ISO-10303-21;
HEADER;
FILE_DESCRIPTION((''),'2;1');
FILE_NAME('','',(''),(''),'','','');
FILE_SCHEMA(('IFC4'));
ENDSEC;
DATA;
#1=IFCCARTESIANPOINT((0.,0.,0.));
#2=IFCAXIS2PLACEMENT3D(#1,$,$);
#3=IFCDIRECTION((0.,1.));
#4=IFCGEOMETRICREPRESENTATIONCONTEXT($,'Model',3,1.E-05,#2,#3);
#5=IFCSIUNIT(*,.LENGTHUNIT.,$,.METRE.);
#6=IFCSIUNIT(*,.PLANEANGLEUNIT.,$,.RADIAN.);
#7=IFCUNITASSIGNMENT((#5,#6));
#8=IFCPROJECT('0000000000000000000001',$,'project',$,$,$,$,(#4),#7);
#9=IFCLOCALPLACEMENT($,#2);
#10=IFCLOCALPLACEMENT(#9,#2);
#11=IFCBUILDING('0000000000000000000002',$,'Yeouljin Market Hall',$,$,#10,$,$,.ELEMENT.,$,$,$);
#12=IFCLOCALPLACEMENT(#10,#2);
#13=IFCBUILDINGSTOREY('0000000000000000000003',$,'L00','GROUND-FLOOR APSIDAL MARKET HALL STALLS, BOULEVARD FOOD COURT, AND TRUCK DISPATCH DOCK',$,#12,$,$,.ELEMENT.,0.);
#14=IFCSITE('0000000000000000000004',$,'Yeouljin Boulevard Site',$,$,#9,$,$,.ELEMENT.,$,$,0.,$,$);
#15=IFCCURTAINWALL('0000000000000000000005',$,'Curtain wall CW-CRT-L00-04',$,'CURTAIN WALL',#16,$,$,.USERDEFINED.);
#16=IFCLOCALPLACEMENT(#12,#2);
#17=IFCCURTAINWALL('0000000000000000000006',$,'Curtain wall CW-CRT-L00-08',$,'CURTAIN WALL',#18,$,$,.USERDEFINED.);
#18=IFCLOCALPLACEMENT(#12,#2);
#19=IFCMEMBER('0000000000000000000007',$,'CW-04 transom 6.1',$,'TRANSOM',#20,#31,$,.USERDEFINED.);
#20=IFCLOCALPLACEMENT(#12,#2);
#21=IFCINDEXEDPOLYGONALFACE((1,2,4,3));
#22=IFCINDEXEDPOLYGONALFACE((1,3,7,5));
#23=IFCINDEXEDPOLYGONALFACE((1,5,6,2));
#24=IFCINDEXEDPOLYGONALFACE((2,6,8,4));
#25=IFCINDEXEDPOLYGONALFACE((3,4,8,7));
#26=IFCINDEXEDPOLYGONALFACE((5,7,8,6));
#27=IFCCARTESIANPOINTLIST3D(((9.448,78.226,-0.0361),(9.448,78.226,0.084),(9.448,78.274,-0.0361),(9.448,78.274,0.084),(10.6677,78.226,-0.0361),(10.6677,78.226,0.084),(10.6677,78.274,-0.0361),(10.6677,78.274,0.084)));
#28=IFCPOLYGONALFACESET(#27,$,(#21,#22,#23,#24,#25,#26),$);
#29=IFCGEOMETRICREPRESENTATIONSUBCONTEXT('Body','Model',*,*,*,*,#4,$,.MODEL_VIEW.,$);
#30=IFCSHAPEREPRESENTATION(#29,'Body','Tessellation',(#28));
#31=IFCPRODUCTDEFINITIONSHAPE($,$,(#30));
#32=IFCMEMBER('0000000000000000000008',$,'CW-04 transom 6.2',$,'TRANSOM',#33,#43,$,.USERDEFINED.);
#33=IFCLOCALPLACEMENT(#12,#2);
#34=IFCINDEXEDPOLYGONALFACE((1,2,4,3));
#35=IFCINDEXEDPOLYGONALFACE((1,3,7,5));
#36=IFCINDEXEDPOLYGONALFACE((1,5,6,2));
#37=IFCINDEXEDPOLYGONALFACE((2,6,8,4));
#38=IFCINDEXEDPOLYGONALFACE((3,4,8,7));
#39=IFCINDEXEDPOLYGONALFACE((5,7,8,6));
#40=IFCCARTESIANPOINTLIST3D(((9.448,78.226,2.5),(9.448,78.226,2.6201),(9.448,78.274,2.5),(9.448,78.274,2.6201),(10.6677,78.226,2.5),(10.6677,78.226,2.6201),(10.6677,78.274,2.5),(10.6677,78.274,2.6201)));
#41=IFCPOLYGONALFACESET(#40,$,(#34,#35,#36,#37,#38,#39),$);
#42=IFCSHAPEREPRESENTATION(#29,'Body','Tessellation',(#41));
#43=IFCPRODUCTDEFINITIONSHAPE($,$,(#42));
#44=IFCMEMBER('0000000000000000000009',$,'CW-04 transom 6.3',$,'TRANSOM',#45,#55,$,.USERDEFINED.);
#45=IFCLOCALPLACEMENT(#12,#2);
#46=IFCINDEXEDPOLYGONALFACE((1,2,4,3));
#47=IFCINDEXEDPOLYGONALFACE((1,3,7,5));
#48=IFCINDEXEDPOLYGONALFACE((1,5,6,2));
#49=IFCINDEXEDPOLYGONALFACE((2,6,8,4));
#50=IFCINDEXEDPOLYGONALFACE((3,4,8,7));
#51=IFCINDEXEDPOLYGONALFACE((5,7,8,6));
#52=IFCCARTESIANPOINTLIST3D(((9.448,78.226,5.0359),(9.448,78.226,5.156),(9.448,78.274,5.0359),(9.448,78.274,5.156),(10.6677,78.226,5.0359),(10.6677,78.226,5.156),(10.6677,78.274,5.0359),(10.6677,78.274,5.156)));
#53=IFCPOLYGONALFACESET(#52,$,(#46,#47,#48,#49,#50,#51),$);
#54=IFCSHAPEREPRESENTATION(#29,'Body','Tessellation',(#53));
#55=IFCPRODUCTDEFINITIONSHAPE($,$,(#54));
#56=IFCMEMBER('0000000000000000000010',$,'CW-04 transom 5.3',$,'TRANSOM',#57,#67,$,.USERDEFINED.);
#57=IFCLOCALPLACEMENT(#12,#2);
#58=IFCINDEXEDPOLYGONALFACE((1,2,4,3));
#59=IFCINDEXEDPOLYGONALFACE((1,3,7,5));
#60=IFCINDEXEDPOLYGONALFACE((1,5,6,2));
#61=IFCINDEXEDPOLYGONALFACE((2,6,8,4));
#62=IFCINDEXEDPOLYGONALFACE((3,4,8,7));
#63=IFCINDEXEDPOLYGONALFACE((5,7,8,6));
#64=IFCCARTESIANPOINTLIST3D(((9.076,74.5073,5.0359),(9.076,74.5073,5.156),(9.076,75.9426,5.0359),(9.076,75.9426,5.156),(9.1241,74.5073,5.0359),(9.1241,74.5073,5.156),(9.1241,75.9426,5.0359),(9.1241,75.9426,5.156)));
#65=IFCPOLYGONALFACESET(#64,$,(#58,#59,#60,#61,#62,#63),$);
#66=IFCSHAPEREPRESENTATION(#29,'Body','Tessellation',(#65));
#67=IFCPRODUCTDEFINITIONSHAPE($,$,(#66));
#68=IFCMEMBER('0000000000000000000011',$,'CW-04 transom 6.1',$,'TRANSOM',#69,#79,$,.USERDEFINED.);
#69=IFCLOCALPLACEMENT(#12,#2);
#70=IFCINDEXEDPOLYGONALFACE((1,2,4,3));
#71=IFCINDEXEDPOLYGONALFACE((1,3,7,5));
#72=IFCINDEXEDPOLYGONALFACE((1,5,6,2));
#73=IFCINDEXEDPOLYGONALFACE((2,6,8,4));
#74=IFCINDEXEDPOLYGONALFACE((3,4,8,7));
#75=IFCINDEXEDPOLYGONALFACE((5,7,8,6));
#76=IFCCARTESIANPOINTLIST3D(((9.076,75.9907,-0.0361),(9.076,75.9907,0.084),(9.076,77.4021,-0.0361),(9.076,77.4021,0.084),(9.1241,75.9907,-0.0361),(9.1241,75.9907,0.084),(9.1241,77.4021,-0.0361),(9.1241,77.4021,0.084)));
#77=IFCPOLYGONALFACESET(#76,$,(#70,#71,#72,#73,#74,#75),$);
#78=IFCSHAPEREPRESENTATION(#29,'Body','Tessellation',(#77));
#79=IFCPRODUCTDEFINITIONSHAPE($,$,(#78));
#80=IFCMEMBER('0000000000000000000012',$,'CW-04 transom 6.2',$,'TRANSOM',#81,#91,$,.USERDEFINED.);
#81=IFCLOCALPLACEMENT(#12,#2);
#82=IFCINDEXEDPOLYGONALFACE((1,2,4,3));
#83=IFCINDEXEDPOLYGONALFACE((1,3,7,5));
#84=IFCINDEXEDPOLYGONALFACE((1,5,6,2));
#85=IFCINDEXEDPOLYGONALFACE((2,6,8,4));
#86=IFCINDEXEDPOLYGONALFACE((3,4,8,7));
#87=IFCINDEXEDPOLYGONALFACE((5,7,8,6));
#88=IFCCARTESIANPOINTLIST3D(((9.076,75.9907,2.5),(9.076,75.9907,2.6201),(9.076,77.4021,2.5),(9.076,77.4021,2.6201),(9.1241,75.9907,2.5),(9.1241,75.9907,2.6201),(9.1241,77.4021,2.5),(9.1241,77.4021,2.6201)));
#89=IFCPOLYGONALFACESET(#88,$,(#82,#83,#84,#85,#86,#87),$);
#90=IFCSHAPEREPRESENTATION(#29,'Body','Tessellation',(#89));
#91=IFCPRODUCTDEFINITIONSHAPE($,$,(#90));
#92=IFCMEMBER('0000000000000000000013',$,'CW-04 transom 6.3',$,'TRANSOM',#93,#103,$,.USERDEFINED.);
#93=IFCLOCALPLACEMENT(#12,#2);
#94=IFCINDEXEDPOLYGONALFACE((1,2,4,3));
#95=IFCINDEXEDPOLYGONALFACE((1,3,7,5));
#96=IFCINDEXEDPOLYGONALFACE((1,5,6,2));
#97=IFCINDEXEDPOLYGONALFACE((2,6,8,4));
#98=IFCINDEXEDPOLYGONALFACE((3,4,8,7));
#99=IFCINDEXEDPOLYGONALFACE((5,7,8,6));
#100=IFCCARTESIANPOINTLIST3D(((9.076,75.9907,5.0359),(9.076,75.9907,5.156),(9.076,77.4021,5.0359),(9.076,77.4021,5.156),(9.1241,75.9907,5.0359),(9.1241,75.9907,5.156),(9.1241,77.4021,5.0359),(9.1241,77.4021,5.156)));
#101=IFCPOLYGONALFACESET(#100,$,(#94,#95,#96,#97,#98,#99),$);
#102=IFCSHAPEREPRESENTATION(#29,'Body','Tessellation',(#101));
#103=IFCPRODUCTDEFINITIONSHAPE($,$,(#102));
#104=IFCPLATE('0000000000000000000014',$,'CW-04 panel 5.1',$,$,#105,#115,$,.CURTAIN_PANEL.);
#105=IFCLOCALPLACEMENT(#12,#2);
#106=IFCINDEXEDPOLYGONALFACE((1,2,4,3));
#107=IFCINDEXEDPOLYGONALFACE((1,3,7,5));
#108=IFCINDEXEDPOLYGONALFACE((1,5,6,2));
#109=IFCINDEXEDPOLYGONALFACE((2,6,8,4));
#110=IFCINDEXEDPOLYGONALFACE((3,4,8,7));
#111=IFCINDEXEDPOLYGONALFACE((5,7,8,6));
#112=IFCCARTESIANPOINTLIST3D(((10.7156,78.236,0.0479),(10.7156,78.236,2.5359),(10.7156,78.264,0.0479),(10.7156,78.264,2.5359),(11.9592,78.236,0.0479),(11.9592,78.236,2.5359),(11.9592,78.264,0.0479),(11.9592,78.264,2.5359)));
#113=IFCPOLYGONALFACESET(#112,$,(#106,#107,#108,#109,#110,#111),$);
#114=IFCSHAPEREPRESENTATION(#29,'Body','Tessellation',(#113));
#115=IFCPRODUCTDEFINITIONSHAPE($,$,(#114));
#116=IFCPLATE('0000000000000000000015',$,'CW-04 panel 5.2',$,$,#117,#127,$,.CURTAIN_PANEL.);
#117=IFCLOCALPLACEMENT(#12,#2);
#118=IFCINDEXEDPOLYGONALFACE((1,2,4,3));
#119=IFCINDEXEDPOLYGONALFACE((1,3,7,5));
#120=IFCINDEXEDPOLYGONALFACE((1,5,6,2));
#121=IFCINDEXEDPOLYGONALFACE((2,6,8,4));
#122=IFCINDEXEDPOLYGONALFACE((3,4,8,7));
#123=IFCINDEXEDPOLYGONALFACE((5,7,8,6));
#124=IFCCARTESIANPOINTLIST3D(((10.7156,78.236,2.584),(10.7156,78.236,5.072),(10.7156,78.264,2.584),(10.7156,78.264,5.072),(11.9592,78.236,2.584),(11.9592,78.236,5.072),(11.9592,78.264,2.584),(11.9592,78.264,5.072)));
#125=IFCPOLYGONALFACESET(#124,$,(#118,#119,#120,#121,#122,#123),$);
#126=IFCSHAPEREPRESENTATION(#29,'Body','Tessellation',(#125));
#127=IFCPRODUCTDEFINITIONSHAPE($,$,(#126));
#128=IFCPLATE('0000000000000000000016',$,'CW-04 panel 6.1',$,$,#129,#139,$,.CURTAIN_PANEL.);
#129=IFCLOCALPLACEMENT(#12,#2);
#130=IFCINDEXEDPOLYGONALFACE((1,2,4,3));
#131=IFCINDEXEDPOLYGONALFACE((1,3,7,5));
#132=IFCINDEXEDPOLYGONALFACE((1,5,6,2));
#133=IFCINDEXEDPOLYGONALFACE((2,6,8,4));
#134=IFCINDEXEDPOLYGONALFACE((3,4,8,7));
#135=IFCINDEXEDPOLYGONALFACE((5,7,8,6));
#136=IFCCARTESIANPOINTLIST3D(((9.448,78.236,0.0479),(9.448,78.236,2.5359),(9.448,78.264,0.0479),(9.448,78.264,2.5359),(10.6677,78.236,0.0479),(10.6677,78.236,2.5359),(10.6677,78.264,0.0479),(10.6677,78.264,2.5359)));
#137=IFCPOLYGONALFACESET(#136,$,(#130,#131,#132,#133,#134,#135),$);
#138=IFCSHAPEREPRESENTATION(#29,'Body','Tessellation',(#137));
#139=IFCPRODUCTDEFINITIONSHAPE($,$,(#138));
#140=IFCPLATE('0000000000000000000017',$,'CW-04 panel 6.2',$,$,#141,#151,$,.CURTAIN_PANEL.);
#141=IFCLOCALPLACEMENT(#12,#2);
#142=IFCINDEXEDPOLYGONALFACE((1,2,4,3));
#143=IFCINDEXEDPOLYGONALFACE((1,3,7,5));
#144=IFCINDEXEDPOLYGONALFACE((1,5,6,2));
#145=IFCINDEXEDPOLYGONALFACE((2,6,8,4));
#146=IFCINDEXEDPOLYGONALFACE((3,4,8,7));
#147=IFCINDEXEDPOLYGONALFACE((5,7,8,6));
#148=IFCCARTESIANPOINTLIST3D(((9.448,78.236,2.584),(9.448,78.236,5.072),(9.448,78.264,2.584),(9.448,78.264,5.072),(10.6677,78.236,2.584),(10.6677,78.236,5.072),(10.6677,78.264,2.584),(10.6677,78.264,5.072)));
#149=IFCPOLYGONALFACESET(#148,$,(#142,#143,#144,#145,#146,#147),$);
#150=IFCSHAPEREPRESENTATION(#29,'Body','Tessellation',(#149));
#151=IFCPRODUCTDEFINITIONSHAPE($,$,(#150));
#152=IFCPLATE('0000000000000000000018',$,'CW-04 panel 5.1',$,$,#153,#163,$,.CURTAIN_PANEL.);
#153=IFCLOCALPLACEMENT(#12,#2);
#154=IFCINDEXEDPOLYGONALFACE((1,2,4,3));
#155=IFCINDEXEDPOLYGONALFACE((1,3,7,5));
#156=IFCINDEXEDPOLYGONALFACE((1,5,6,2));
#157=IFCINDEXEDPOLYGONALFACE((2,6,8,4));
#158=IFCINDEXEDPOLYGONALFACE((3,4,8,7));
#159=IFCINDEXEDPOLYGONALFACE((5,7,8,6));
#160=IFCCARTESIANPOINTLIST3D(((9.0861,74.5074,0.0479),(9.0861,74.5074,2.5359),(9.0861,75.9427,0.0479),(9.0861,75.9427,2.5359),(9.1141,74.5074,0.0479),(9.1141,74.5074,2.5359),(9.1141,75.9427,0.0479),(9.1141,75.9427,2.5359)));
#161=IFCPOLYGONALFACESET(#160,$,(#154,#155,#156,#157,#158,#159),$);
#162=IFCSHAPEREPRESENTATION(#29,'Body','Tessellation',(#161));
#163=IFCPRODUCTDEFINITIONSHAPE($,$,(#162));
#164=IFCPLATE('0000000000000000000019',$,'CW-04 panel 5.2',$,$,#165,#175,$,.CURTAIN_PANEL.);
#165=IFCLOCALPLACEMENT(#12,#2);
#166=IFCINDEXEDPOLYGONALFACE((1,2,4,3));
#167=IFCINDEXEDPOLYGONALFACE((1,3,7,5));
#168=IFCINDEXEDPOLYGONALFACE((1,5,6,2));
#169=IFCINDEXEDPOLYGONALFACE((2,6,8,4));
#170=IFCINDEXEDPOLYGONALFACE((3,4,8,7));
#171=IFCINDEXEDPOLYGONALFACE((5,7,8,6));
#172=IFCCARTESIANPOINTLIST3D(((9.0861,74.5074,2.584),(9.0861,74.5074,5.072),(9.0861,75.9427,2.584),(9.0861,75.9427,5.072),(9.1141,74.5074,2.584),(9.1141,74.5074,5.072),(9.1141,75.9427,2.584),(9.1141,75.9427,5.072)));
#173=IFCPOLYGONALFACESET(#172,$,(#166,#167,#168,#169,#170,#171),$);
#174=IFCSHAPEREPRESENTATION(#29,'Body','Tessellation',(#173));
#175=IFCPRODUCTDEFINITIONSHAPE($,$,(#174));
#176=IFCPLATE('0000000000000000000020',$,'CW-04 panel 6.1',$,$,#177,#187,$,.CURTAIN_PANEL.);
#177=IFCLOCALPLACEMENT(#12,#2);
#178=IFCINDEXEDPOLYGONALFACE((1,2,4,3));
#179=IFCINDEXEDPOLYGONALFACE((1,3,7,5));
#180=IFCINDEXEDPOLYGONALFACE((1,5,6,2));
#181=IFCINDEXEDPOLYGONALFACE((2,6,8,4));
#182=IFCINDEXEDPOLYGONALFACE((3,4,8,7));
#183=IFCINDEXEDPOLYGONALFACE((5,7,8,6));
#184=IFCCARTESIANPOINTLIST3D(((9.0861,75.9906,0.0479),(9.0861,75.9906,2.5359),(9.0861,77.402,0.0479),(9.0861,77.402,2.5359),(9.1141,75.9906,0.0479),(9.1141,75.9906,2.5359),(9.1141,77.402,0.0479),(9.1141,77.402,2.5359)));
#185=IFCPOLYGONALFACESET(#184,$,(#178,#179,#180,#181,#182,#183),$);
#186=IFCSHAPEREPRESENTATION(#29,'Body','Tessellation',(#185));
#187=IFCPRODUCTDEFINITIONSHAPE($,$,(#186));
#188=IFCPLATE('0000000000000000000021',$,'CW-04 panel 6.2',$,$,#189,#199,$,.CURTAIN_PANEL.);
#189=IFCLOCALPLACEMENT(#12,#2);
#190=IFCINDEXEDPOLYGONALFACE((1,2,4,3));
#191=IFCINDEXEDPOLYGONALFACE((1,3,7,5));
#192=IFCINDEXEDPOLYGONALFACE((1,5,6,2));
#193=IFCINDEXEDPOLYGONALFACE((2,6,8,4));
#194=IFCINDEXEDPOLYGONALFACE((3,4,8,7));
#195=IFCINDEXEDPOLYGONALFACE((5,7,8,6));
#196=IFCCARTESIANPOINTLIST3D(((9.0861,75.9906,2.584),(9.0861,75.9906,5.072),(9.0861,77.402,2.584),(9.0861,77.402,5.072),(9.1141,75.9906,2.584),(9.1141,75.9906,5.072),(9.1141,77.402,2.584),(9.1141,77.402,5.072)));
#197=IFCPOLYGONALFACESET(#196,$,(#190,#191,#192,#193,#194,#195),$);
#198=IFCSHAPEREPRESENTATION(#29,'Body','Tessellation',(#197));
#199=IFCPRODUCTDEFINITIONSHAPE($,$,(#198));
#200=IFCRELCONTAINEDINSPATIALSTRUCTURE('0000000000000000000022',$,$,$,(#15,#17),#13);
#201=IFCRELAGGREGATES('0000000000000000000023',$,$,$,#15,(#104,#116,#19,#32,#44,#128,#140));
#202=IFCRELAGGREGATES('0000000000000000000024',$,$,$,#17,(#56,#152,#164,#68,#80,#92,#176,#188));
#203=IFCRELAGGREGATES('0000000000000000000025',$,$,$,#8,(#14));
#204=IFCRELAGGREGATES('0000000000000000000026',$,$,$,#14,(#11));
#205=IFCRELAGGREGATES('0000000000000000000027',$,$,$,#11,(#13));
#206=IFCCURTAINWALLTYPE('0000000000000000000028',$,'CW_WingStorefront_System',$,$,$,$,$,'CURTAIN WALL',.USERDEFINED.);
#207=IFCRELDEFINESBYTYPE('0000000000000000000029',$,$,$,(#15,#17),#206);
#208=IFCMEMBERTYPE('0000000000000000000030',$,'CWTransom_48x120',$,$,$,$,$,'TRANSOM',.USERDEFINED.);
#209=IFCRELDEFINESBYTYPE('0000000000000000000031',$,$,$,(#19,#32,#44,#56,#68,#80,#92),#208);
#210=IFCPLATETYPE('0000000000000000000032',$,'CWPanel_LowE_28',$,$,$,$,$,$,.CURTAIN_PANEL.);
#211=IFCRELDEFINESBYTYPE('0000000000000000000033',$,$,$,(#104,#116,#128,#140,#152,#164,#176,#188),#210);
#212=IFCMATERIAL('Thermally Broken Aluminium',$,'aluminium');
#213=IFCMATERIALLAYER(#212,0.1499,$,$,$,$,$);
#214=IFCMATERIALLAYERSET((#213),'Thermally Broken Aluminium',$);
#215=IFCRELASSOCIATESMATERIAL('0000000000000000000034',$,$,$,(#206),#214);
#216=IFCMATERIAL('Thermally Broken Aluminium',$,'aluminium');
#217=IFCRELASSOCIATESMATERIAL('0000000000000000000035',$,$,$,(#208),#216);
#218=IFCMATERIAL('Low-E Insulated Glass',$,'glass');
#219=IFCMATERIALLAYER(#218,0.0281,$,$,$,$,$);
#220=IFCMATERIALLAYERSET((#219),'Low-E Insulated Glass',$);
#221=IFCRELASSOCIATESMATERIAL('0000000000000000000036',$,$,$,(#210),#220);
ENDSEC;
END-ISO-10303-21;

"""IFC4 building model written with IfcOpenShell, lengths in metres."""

from ifc_helpers import new_model, si_unit, direction, frame, origin, origin_2d, place, context, subcontext, project, spatial, rectangle, extrude, material, layer, layer_set, material_profile, profile_set, type_object, element, aggregate, save


model = new_model("IFC4")

# Units and contexts
model_context = context("Model", 3, precision=1e-05, world=origin(), true_north=direction((0.0, 1.0)))
body_context = subcontext(model_context, "Body", "Model", "MODEL_VIEW")
ifc_project = project(units=[si_unit("LENGTHUNIT", "METRE"), si_unit("PLANEANGLEUNIT", "RADIAN")], contexts=[model_context])

# Site, building, storey
site_placement = place(None, origin())
site = spatial("IfcSite", under=ifc_project, at=site_placement, Name="Yeouljin Boulevard Site", CompositionType="ELEMENT", RefElevation=0.0)
building_placement = place(site_placement, origin())
building = spatial("IfcBuilding", under=site, at=building_placement, Name="Yeouljin Market Hall", CompositionType="ELEMENT")
storey_placement = place(building_placement, origin())
storey = spatial("IfcBuildingStorey", under=building, at=storey_placement, Name="L00", Description="GROUND-FLOOR APSIDAL MARKET HALL STALLS, BOULEVARD FOOD COURT, AND TRUCK DISPATCH DOCK", CompositionType="ELEMENT", Elevation=0.0)

# Shared definitions
ifc_material_1 = material(Name="Thermally Broken Aluminium", Category="aluminium")
ifc_layer_1 = layer(ifc_material_1, 0.1499)
ifc_layer_set_1 = layer_set([ifc_layer_1], Name="Thermally Broken Aluminium")
curtain_wall_type = type_object("IfcCurtainWallType", Name="CW_WingStorefront_System", ElementType="CURTAIN WALL", PredefinedType="USERDEFINED", material=ifc_layer_set_1)

# Curtain walls
curtain_wall_1_placement = place(storey_placement, origin())
curtain_wall_1 = element("IfcCurtainWall", 1, at=curtain_wall_1_placement, inside=storey, type_object=curtain_wall_type, Name="Curtain wall CW-CRT-L00-04", ObjectType="CURTAIN WALL", PredefinedType="USERDEFINED")
curtain_wall_2_placement = place(storey_placement, origin())
curtain_wall_2 = element("IfcCurtainWall", 2, at=curtain_wall_2_placement, inside=storey, type_object=curtain_wall_type, Name="Curtain wall CW-CRT-L00-08", ObjectType="CURTAIN WALL", PredefinedType="USERDEFINED")

# Members
ifc_material_2 = material(Name="Thermally Broken Aluminium", Category="aluminium")
ifc_material_profile_1 = material_profile(ifc_material_2, rectangle(XDim=0.0481, YDim=0.1201, at=origin_2d()), Name="CW-TRAN-48x120")
ifc_profile_set_1 = profile_set([ifc_material_profile_1], Name="Thermally Broken Aluminium")
member_type_1 = type_object("IfcMemberType", Name="CWTransom_48x120", ElementType="TRANSOM", PredefinedType="USERDEFINED", material=ifc_profile_set_1)
member_1_placement = place(storey_placement, frame((10.6677, 78.25, 0.0239), z_axis=(-1.0, 0.0, 0.0), x_axis=(0.0, -1.0, 0.0)))
member_1 = element("IfcMember", 3, at=member_1_placement, type_object=member_type_1, Name="CW-04 transom 6.1", ObjectType="TRANSOM", PredefinedType="USERDEFINED", context=body_context, shape_type="SweptSolid", body=[
    extrude(rectangle(XDim=0.0481, YDim=0.1201, at=origin_2d()), origin(), (0.0, 0.0, 1.0), 1.2197),
])
member_2_placement = place(storey_placement, frame((10.6677, 78.25, 2.5601), z_axis=(-1.0, 0.0, 0.0), x_axis=(0.0, -1.0, 0.0)))
member_2 = element("IfcMember", 4, at=member_2_placement, type_object=member_type_1, Name="CW-04 transom 6.2", ObjectType="TRANSOM", PredefinedType="USERDEFINED", context=body_context, shape_type="SweptSolid", body=[
    extrude(rectangle(XDim=0.0481, YDim=0.1201, at=origin_2d()), origin(), (0.0, 0.0, 1.0), 1.2197),
])
member_3_placement = place(storey_placement, frame((10.6677, 78.25, 5.0959), z_axis=(-1.0, 0.0, 0.0), x_axis=(0.0, -1.0, 0.0)))
member_3 = element("IfcMember", 5, at=member_3_placement, type_object=member_type_1, Name="CW-04 transom 6.3", ObjectType="TRANSOM", PredefinedType="USERDEFINED", context=body_context, shape_type="SweptSolid", body=[
    extrude(rectangle(XDim=0.0481, YDim=0.1201, at=origin_2d()), origin(), (0.0, 0.0, 1.0), 1.2197),
])
member_4_placement = place(storey_placement, frame((9.1001, 74.5073, 5.0959), z_axis=(0.0, 1.0, 0.0), x_axis=(-1.0, 0.0, 0.0)))
member_4 = element("IfcMember", 6, at=member_4_placement, type_object=member_type_1, Name="CW-04 transom 5.3", ObjectType="TRANSOM", PredefinedType="USERDEFINED", context=body_context, shape_type="SweptSolid", body=[
    extrude(rectangle(XDim=0.0481, YDim=0.1201, at=origin_2d()), origin(), (0.0, 0.0, 1.0), 1.4353),
])
member_5_placement = place(storey_placement, frame((9.1001, 75.9907, 0.0239), z_axis=(0.0, 1.0, 0.0), x_axis=(-1.0, 0.0, 0.0)))
member_5 = element("IfcMember", 7, at=member_5_placement, type_object=member_type_1, Name="CW-04 transom 6.1", ObjectType="TRANSOM", PredefinedType="USERDEFINED", context=body_context, shape_type="SweptSolid", body=[
    extrude(rectangle(XDim=0.0481, YDim=0.1201, at=origin_2d()), origin(), (0.0, 0.0, 1.0), 1.4114),
])
member_6_placement = place(storey_placement, frame((9.1001, 75.9907, 2.5601), z_axis=(0.0, 1.0, 0.0), x_axis=(-1.0, 0.0, 0.0)))
member_6 = element("IfcMember", 8, at=member_6_placement, type_object=member_type_1, Name="CW-04 transom 6.2", ObjectType="TRANSOM", PredefinedType="USERDEFINED", context=body_context, shape_type="SweptSolid", body=[
    extrude(rectangle(XDim=0.0481, YDim=0.1201, at=origin_2d()), origin(), (0.0, 0.0, 1.0), 1.4114),
])
member_7_placement = place(storey_placement, frame((9.1001, 75.9907, 5.0959), z_axis=(0.0, 1.0, 0.0), x_axis=(-1.0, 0.0, 0.0)))
member_7 = element("IfcMember", 9, at=member_7_placement, type_object=member_type_1, Name="CW-04 transom 6.3", ObjectType="TRANSOM", PredefinedType="USERDEFINED", context=body_context, shape_type="SweptSolid", body=[
    extrude(rectangle(XDim=0.0481, YDim=0.1201, at=origin_2d()), origin(), (0.0, 0.0, 1.0), 1.4114),
])

# Plates
ifc_material_3 = material(Name="Low-E Insulated Glass", Category="glass")
ifc_layer_2 = layer(ifc_material_3, 0.0281)
ifc_layer_set_2 = layer_set([ifc_layer_2], Name="Low-E Insulated Glass")
plate_type_1 = type_object("IfcPlateType", Name="CWPanel_LowE_28", PredefinedType="CURTAIN_PANEL", material=ifc_layer_set_2)
plate_1_placement = place(storey_placement, frame((11.3374, 78.25, 0.0479), z_axis=(0.0, 0.0, 1.0), x_axis=(-1.0, 0.0, 0.0)))
plate_1 = element("IfcPlate", 10, at=plate_1_placement, type_object=plate_type_1, Name="CW-04 panel 5.1", PredefinedType="CURTAIN_PANEL", context=body_context, shape_type="SweptSolid", body=[
    extrude(rectangle(XDim=1.2437, YDim=0.0281, at=origin_2d()), origin(), (0.0, 0.0, 1.0), 2.488),
])
plate_2_placement = place(storey_placement, frame((11.3374, 78.25, 2.584), z_axis=(0.0, 0.0, 1.0), x_axis=(-1.0, 0.0, 0.0)))
plate_2 = element("IfcPlate", 11, at=plate_2_placement, type_object=plate_type_1, Name="CW-04 panel 5.2", PredefinedType="CURTAIN_PANEL", context=body_context, shape_type="SweptSolid", body=[
    extrude(rectangle(XDim=1.2437, YDim=0.0281, at=origin_2d()), origin(), (0.0, 0.0, 1.0), 2.488),
])
plate_3_placement = place(storey_placement, frame((10.0579, 78.25, 0.0479), z_axis=(0.0, 0.0, 1.0), x_axis=(-1.0, 0.0, 0.0)))
plate_3 = element("IfcPlate", 12, at=plate_3_placement, type_object=plate_type_1, Name="CW-04 panel 6.1", PredefinedType="CURTAIN_PANEL", context=body_context, shape_type="SweptSolid", body=[
    extrude(rectangle(XDim=1.2197, YDim=0.0281, at=origin_2d()), origin(), (0.0, 0.0, 1.0), 2.488),
])
plate_4_placement = place(storey_placement, frame((10.0579, 78.25, 2.584), z_axis=(0.0, 0.0, 1.0), x_axis=(-1.0, 0.0, 0.0)))
plate_4 = element("IfcPlate", 13, at=plate_4_placement, type_object=plate_type_1, Name="CW-04 panel 6.2", PredefinedType="CURTAIN_PANEL", context=body_context, shape_type="SweptSolid", body=[
    extrude(rectangle(XDim=1.2197, YDim=0.0281, at=origin_2d()), origin(), (0.0, 0.0, 1.0), 2.488),
])
aggregate(curtain_wall_1, [plate_1, plate_2, member_1, member_2, member_3, plate_3, plate_4])
plate_5_placement = place(storey_placement, frame((9.1001, 75.2251, 0.0479), z_axis=(0.0, 0.0, 1.0), x_axis=(0.0, 1.0, 0.0)))
plate_5 = element("IfcPlate", 14, at=plate_5_placement, type_object=plate_type_1, Name="CW-04 panel 5.1", PredefinedType="CURTAIN_PANEL", context=body_context, shape_type="SweptSolid", body=[
    extrude(rectangle(XDim=1.4353, YDim=0.0281, at=origin_2d()), origin(), (0.0, 0.0, 1.0), 2.488),
])
plate_6_placement = place(storey_placement, frame((9.1001, 75.2251, 2.584), z_axis=(0.0, 0.0, 1.0), x_axis=(0.0, 1.0, 0.0)))
plate_6 = element("IfcPlate", 15, at=plate_6_placement, type_object=plate_type_1, Name="CW-04 panel 5.2", PredefinedType="CURTAIN_PANEL", context=body_context, shape_type="SweptSolid", body=[
    extrude(rectangle(XDim=1.4353, YDim=0.0281, at=origin_2d()), origin(), (0.0, 0.0, 1.0), 2.488),
])
plate_7_placement = place(storey_placement, frame((9.1001, 76.6963, 0.0479), z_axis=(0.0, 0.0, 1.0), x_axis=(0.0, 1.0, 0.0)))
plate_7 = element("IfcPlate", 16, at=plate_7_placement, type_object=plate_type_1, Name="CW-04 panel 6.1", PredefinedType="CURTAIN_PANEL", context=body_context, shape_type="SweptSolid", body=[
    extrude(rectangle(XDim=1.4114, YDim=0.0281, at=origin_2d()), origin(), (0.0, 0.0, 1.0), 2.488),
])
plate_8_placement = place(storey_placement, frame((9.1001, 76.6963, 2.584), z_axis=(0.0, 0.0, 1.0), x_axis=(0.0, 1.0, 0.0)))
plate_8 = element("IfcPlate", 17, at=plate_8_placement, type_object=plate_type_1, Name="CW-04 panel 6.2", PredefinedType="CURTAIN_PANEL", context=body_context, shape_type="SweptSolid", body=[
    extrude(rectangle(XDim=1.4114, YDim=0.0281, at=origin_2d()), origin(), (0.0, 0.0, 1.0), 2.488),
])
aggregate(curtain_wall_2, [member_4, plate_5, plate_6, member_5, member_6, member_7, plate_7, plate_8])

save(model, "model.ifc")
